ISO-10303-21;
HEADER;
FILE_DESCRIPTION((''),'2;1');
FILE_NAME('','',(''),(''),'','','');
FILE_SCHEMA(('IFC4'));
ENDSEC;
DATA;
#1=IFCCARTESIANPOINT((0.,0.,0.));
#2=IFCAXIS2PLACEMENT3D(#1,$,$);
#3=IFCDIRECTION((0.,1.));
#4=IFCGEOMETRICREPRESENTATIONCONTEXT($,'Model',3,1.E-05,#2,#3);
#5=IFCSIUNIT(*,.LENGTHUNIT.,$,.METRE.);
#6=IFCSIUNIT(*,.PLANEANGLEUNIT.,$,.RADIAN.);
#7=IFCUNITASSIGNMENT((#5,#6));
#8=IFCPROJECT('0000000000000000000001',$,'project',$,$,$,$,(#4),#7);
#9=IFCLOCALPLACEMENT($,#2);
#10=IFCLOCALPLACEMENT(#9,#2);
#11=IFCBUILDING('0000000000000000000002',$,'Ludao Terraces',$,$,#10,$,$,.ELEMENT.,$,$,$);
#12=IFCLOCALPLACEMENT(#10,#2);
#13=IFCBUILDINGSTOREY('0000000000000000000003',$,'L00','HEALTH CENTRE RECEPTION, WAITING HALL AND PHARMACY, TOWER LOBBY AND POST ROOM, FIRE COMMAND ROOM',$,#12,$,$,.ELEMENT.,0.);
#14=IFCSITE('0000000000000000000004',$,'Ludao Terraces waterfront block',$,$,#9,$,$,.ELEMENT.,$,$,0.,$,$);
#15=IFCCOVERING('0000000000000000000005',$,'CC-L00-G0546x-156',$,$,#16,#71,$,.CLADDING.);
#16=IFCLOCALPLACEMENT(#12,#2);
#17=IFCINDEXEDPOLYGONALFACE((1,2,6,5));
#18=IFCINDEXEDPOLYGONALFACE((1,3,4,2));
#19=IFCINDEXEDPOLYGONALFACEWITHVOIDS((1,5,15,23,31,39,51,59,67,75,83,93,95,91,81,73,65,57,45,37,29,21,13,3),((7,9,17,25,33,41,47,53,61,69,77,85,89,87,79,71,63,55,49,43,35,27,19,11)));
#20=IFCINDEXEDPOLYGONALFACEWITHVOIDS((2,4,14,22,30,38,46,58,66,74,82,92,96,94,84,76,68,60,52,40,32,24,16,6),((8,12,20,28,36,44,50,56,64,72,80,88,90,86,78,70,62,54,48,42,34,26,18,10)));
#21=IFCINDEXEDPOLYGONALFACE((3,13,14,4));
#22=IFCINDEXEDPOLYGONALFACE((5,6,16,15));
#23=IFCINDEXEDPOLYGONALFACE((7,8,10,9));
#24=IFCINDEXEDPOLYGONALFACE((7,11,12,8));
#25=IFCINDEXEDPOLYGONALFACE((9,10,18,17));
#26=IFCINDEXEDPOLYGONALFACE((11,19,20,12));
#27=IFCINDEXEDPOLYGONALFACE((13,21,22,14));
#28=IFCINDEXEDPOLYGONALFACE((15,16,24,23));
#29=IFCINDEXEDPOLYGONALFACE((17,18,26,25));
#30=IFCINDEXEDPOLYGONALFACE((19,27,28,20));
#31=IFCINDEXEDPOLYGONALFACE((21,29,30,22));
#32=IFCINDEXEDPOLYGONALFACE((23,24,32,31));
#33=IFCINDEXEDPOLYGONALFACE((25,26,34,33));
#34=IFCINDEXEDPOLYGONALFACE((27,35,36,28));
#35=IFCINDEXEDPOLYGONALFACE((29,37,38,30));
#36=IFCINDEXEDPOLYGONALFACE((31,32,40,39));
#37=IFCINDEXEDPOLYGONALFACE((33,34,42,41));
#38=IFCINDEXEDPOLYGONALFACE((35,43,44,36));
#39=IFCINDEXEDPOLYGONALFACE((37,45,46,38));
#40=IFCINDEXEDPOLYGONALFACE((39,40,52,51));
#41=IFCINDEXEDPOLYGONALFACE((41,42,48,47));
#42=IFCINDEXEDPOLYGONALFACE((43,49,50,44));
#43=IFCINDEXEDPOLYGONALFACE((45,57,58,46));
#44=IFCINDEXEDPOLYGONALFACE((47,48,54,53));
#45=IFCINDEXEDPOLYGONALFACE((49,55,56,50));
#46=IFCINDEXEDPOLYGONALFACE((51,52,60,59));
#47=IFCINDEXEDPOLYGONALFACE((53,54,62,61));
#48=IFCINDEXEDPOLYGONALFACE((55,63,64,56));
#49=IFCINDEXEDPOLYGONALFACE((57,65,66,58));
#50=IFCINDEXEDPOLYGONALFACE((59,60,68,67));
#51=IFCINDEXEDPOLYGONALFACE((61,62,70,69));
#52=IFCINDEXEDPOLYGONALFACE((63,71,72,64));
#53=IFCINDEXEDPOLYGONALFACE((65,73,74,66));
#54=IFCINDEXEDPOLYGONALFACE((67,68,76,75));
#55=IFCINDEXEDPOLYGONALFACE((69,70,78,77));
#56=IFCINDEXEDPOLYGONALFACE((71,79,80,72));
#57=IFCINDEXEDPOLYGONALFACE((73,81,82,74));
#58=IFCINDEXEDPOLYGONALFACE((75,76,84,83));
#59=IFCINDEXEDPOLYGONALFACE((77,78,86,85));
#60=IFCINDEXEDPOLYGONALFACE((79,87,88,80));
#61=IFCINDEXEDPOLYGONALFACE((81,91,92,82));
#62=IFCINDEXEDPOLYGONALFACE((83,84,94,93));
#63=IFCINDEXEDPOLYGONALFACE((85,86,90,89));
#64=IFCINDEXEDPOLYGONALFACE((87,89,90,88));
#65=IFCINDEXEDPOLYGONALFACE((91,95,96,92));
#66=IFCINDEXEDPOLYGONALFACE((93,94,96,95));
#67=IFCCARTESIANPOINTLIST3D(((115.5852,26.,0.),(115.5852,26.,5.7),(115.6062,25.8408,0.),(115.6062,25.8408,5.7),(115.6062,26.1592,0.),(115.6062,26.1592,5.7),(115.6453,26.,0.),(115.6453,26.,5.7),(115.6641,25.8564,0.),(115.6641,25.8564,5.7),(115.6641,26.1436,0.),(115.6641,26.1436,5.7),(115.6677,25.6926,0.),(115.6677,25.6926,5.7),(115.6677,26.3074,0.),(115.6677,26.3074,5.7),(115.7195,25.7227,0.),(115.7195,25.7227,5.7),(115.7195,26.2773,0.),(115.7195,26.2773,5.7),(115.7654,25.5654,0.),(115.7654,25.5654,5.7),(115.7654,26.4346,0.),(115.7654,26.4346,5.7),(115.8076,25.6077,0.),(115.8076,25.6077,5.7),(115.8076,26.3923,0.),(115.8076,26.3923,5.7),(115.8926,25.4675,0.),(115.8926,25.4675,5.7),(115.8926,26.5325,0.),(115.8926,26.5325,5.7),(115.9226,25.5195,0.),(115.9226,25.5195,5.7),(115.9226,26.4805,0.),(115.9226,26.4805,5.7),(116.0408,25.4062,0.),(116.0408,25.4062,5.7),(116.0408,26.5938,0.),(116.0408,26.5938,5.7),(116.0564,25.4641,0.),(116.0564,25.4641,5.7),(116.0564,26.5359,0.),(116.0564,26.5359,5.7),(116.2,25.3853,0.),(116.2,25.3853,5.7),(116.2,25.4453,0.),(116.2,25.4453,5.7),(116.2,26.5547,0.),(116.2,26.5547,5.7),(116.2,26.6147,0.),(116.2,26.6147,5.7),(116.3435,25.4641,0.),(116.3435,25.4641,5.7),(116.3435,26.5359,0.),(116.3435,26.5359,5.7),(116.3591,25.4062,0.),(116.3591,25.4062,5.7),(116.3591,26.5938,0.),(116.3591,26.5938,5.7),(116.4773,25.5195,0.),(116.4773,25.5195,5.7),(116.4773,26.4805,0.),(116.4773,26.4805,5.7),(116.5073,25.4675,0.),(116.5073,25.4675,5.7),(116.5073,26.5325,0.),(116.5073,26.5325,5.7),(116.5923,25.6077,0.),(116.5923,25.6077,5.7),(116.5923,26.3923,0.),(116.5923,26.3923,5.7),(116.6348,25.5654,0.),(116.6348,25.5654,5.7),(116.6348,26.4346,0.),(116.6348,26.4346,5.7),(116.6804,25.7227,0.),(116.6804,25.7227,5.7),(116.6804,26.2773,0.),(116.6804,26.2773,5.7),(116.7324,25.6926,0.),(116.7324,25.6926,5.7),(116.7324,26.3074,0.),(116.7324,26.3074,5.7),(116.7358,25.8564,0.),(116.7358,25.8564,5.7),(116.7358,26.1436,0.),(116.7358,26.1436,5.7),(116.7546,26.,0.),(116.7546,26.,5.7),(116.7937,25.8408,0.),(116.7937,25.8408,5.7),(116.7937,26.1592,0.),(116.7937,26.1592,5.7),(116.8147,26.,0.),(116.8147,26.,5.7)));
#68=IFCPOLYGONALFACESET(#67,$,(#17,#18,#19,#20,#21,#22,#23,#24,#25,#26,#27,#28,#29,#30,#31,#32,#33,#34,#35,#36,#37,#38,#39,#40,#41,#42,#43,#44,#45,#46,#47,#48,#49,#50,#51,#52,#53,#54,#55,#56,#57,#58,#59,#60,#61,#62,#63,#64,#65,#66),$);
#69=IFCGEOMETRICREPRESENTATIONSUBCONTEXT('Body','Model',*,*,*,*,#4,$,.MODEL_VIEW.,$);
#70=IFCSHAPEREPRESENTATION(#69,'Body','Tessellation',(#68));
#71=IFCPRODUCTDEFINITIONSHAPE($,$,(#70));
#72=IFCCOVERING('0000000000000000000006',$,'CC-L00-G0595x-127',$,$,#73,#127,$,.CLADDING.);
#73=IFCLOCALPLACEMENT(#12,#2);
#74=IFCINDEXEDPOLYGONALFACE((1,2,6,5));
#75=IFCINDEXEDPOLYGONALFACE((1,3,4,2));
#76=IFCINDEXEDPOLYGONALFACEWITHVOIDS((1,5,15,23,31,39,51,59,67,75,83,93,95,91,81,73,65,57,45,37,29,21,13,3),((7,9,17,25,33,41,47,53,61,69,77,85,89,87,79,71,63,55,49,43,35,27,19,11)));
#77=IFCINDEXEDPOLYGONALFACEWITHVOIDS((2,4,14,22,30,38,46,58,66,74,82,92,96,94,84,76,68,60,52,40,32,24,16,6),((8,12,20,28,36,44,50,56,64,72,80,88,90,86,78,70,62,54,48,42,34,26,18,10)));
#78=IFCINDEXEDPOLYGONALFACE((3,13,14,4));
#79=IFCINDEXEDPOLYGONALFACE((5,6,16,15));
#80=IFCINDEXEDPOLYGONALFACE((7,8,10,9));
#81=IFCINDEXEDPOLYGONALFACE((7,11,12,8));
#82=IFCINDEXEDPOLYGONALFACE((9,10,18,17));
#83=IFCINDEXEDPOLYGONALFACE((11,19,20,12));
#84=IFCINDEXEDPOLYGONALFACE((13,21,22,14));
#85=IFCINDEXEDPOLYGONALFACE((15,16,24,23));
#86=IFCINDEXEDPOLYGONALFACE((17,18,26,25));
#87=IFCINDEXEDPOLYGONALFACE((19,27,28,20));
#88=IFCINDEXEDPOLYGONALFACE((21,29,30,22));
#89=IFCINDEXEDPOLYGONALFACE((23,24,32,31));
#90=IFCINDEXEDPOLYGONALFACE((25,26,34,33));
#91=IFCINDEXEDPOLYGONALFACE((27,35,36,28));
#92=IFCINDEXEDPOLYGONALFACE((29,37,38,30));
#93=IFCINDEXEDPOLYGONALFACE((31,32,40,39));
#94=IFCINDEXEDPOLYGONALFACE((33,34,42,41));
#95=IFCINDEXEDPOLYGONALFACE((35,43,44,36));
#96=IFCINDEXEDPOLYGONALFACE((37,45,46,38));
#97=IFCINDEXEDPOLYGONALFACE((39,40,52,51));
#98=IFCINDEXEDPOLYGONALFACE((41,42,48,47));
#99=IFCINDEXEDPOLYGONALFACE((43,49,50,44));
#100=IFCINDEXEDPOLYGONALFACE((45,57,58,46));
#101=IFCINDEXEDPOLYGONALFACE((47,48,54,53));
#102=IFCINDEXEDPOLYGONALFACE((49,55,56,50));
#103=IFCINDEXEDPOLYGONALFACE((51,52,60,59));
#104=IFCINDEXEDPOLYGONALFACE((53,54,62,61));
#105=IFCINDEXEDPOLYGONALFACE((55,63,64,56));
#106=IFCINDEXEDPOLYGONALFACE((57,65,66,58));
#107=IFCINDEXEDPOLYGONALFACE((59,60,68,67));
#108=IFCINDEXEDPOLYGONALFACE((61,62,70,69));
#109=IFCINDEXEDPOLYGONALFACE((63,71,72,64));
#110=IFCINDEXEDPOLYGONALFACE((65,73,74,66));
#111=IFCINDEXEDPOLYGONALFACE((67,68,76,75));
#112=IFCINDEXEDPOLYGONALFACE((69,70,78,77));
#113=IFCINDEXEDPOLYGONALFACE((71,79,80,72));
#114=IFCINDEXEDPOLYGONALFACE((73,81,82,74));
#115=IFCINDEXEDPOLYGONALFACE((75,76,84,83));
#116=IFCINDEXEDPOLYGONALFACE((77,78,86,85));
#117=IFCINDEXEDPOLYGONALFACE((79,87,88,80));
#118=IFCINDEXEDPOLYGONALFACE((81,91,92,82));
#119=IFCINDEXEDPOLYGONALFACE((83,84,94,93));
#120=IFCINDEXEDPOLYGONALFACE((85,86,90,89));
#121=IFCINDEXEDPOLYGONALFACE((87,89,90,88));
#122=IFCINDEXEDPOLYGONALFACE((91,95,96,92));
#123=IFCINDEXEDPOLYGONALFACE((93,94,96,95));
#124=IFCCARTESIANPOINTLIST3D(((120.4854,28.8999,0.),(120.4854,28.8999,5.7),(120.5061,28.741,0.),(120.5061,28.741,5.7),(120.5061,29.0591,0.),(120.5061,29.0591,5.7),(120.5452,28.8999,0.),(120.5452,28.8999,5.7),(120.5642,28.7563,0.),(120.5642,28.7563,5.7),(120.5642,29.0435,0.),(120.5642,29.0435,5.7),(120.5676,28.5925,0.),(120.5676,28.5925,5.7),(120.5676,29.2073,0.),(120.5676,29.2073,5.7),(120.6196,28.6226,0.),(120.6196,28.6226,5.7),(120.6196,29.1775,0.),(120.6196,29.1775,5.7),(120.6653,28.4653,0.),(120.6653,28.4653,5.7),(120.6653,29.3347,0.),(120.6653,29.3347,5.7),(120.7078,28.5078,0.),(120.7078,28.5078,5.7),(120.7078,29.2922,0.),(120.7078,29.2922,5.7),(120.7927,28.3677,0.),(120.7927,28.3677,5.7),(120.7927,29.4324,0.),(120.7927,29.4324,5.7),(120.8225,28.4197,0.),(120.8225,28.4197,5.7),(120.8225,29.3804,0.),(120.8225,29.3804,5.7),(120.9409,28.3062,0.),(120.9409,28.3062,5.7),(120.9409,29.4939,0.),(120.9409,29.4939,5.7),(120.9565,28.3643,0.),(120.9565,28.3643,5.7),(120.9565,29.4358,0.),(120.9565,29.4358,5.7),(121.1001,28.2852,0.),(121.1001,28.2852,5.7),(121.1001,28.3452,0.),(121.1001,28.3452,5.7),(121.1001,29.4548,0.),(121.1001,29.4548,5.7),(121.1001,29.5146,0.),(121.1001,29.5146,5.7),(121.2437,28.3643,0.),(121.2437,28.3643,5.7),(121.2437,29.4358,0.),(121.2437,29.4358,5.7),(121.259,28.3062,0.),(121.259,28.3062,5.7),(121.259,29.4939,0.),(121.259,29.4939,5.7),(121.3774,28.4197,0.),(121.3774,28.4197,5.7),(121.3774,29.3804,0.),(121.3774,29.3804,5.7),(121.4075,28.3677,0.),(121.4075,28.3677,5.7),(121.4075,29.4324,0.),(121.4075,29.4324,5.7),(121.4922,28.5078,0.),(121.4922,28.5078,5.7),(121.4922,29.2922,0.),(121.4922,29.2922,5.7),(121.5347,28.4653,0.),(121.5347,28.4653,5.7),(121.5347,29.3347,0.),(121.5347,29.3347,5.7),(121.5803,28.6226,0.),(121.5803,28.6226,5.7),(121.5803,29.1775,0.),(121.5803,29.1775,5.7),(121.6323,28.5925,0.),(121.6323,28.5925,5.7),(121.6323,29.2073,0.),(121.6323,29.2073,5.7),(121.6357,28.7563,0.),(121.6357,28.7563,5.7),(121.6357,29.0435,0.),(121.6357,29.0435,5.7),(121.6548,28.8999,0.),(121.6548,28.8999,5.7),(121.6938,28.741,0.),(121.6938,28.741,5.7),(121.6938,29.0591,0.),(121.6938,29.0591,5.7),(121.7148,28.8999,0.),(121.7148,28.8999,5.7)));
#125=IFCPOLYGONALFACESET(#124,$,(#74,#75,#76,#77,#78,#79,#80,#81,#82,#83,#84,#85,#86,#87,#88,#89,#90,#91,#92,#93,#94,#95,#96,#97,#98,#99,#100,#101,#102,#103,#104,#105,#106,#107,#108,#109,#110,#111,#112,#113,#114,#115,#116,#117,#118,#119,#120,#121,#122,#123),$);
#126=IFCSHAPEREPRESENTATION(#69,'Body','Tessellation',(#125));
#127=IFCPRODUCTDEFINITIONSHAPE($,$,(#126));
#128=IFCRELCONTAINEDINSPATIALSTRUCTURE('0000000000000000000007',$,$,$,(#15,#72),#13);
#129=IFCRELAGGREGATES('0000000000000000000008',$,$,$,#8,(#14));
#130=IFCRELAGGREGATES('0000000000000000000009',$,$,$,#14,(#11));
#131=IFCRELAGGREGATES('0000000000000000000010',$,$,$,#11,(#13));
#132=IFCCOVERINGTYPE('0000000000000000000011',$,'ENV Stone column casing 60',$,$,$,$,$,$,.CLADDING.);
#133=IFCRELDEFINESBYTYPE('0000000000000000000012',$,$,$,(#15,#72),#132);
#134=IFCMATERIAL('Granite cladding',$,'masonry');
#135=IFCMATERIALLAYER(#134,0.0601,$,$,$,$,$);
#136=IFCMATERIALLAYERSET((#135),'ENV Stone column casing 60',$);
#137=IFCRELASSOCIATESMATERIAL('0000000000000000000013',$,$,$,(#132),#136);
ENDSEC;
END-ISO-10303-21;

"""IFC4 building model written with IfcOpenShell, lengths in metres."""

from ifc_helpers import new_model, si_unit, direction, origin, place, context, subcontext, project, spatial, polyline, outline, extrude, material, layer, layer_set, type_object, element, save


model = new_model("IFC4")

# Units and contexts
model_context = context("Model", 3, precision=1e-05, world=origin(), true_north=direction((0.0, 1.0)))
body_context = subcontext(model_context, "Body", "Model", "MODEL_VIEW")
ifc_project = project(units=[si_unit("LENGTHUNIT", "METRE"), si_unit("PLANEANGLEUNIT", "RADIAN")], contexts=[model_context])

# Site, building, storey
site_placement = place(None, origin())
site = spatial("IfcSite", under=ifc_project, at=site_placement, Name="Ludao Terraces waterfront block", CompositionType="ELEMENT", RefElevation=0.0)
building_placement = place(site_placement, origin())
building = spatial("IfcBuilding", under=site, at=building_placement, Name="Ludao Terraces", CompositionType="ELEMENT")
storey_placement = place(building_placement, origin())
storey = spatial("IfcBuildingStorey", under=building, at=storey_placement, Name="L00", Description="HEALTH CENTRE RECEPTION, WAITING HALL AND PHARMACY, TOWER LOBBY AND POST ROOM, FIRE COMMAND ROOM", CompositionType="ELEMENT", Elevation=0.0)

# Coverings
ifc_material_1 = material(Name="Granite cladding", Category="masonry")
ifc_layer_1 = layer(ifc_material_1, 0.0601)
ifc_layer_set_1 = layer_set([ifc_layer_1], Name="ENV Stone column casing 60")
covering_type_1 = type_object("IfcCoveringType", Name="ENV Stone column casing 60", PredefinedType="CLADDING", material=ifc_layer_set_1)
covering_1_placement = place(storey_placement, origin())
element("IfcCovering", 1, at=covering_1_placement, inside=storey, type_object=covering_type_1, Name="CC-L00-G0546x-156", PredefinedType="CLADDING", context=body_context, shape_type="SweptSolid", body=[
    extrude(outline(polyline([(116.8147, 26.0), (116.7937, 26.1592), (116.7324, 26.3074), (116.6348, 26.4346), (116.5073, 26.5325), (116.3591, 26.5938), (116.2, 26.6147), (116.0408, 26.5938), (115.8926, 26.5325), (115.7654, 26.4346), (115.6677, 26.3074), (115.6062, 26.1592), (115.5852, 26.0), (115.6062, 25.8408), (115.6677, 25.6926), (115.7654, 25.5654), (115.8926, 25.4675), (116.0408, 25.4062), (116.2, 25.3853), (116.3591, 25.4062), (116.5073, 25.4675), (116.6348, 25.5654), (116.7324, 25.6926), (116.7937, 25.8408), (116.8147, 26.0)]), holes=[polyline([(116.7358, 25.8564), (116.6804, 25.7227), (116.5923, 25.6077), (116.4773, 25.5195), (116.3435, 25.4641), (116.2, 25.4453), (116.0564, 25.4641), (115.9226, 25.5195), (115.8076, 25.6077), (115.7195, 25.7227), (115.6641, 25.8564), (115.6453, 26.0), (115.6641, 26.1436), (115.7195, 26.2773), (115.8076, 26.3923), (115.9226, 26.4805), (116.0564, 26.5359), (116.2, 26.5547), (116.3435, 26.5359), (116.4773, 26.4805), (116.5923, 26.3923), (116.6804, 26.2773), (116.7358, 26.1436), (116.7546, 26.0), (116.7358, 25.8564)])]), origin(), (0.0, 0.0, 1.0), 5.7),
])
covering_2_placement = place(storey_placement, origin())
element("IfcCovering", 2, at=covering_2_placement, inside=storey, type_object=covering_type_1, Name="CC-L00-G0595x-127", PredefinedType="CLADDING", context=body_context, shape_type="SweptSolid", body=[
    extrude(outline(polyline([(121.7148, 28.8999), (121.6938, 29.0591), (121.6323, 29.2073), (121.5347, 29.3347), (121.4075, 29.4324), (121.259, 29.4939), (121.1001, 29.5146), (120.9409, 29.4939), (120.7927, 29.4324), (120.6653, 29.3347), (120.5676, 29.2073), (120.5061, 29.0591), (120.4854, 28.8999), (120.5061, 28.741), (120.5676, 28.5925), (120.6653, 28.4653), (120.7927, 28.3677), (120.9409, 28.3062), (121.1001, 28.2852), (121.259, 28.3062), (121.4075, 28.3677), (121.5347, 28.4653), (121.6323, 28.5925), (121.6938, 28.741), (121.7148, 28.8999)]), holes=[polyline([(121.6357, 28.7563), (121.5803, 28.6226), (121.4922, 28.5078), (121.3774, 28.4197), (121.2437, 28.3643), (121.1001, 28.3452), (120.9565, 28.3643), (120.8225, 28.4197), (120.7078, 28.5078), (120.6196, 28.6226), (120.5642, 28.7563), (120.5452, 28.8999), (120.5642, 29.0435), (120.6196, 29.1775), (120.7078, 29.2922), (120.8225, 29.3804), (120.9565, 29.4358), (121.1001, 29.4548), (121.2437, 29.4358), (121.3774, 29.3804), (121.4922, 29.2922), (121.5803, 29.1775), (121.6357, 29.0435), (121.6548, 28.8999), (121.6357, 28.7563)])]), origin(), (0.0, 0.0, 1.0), 5.7),
])

save(model, "model.ifc")
